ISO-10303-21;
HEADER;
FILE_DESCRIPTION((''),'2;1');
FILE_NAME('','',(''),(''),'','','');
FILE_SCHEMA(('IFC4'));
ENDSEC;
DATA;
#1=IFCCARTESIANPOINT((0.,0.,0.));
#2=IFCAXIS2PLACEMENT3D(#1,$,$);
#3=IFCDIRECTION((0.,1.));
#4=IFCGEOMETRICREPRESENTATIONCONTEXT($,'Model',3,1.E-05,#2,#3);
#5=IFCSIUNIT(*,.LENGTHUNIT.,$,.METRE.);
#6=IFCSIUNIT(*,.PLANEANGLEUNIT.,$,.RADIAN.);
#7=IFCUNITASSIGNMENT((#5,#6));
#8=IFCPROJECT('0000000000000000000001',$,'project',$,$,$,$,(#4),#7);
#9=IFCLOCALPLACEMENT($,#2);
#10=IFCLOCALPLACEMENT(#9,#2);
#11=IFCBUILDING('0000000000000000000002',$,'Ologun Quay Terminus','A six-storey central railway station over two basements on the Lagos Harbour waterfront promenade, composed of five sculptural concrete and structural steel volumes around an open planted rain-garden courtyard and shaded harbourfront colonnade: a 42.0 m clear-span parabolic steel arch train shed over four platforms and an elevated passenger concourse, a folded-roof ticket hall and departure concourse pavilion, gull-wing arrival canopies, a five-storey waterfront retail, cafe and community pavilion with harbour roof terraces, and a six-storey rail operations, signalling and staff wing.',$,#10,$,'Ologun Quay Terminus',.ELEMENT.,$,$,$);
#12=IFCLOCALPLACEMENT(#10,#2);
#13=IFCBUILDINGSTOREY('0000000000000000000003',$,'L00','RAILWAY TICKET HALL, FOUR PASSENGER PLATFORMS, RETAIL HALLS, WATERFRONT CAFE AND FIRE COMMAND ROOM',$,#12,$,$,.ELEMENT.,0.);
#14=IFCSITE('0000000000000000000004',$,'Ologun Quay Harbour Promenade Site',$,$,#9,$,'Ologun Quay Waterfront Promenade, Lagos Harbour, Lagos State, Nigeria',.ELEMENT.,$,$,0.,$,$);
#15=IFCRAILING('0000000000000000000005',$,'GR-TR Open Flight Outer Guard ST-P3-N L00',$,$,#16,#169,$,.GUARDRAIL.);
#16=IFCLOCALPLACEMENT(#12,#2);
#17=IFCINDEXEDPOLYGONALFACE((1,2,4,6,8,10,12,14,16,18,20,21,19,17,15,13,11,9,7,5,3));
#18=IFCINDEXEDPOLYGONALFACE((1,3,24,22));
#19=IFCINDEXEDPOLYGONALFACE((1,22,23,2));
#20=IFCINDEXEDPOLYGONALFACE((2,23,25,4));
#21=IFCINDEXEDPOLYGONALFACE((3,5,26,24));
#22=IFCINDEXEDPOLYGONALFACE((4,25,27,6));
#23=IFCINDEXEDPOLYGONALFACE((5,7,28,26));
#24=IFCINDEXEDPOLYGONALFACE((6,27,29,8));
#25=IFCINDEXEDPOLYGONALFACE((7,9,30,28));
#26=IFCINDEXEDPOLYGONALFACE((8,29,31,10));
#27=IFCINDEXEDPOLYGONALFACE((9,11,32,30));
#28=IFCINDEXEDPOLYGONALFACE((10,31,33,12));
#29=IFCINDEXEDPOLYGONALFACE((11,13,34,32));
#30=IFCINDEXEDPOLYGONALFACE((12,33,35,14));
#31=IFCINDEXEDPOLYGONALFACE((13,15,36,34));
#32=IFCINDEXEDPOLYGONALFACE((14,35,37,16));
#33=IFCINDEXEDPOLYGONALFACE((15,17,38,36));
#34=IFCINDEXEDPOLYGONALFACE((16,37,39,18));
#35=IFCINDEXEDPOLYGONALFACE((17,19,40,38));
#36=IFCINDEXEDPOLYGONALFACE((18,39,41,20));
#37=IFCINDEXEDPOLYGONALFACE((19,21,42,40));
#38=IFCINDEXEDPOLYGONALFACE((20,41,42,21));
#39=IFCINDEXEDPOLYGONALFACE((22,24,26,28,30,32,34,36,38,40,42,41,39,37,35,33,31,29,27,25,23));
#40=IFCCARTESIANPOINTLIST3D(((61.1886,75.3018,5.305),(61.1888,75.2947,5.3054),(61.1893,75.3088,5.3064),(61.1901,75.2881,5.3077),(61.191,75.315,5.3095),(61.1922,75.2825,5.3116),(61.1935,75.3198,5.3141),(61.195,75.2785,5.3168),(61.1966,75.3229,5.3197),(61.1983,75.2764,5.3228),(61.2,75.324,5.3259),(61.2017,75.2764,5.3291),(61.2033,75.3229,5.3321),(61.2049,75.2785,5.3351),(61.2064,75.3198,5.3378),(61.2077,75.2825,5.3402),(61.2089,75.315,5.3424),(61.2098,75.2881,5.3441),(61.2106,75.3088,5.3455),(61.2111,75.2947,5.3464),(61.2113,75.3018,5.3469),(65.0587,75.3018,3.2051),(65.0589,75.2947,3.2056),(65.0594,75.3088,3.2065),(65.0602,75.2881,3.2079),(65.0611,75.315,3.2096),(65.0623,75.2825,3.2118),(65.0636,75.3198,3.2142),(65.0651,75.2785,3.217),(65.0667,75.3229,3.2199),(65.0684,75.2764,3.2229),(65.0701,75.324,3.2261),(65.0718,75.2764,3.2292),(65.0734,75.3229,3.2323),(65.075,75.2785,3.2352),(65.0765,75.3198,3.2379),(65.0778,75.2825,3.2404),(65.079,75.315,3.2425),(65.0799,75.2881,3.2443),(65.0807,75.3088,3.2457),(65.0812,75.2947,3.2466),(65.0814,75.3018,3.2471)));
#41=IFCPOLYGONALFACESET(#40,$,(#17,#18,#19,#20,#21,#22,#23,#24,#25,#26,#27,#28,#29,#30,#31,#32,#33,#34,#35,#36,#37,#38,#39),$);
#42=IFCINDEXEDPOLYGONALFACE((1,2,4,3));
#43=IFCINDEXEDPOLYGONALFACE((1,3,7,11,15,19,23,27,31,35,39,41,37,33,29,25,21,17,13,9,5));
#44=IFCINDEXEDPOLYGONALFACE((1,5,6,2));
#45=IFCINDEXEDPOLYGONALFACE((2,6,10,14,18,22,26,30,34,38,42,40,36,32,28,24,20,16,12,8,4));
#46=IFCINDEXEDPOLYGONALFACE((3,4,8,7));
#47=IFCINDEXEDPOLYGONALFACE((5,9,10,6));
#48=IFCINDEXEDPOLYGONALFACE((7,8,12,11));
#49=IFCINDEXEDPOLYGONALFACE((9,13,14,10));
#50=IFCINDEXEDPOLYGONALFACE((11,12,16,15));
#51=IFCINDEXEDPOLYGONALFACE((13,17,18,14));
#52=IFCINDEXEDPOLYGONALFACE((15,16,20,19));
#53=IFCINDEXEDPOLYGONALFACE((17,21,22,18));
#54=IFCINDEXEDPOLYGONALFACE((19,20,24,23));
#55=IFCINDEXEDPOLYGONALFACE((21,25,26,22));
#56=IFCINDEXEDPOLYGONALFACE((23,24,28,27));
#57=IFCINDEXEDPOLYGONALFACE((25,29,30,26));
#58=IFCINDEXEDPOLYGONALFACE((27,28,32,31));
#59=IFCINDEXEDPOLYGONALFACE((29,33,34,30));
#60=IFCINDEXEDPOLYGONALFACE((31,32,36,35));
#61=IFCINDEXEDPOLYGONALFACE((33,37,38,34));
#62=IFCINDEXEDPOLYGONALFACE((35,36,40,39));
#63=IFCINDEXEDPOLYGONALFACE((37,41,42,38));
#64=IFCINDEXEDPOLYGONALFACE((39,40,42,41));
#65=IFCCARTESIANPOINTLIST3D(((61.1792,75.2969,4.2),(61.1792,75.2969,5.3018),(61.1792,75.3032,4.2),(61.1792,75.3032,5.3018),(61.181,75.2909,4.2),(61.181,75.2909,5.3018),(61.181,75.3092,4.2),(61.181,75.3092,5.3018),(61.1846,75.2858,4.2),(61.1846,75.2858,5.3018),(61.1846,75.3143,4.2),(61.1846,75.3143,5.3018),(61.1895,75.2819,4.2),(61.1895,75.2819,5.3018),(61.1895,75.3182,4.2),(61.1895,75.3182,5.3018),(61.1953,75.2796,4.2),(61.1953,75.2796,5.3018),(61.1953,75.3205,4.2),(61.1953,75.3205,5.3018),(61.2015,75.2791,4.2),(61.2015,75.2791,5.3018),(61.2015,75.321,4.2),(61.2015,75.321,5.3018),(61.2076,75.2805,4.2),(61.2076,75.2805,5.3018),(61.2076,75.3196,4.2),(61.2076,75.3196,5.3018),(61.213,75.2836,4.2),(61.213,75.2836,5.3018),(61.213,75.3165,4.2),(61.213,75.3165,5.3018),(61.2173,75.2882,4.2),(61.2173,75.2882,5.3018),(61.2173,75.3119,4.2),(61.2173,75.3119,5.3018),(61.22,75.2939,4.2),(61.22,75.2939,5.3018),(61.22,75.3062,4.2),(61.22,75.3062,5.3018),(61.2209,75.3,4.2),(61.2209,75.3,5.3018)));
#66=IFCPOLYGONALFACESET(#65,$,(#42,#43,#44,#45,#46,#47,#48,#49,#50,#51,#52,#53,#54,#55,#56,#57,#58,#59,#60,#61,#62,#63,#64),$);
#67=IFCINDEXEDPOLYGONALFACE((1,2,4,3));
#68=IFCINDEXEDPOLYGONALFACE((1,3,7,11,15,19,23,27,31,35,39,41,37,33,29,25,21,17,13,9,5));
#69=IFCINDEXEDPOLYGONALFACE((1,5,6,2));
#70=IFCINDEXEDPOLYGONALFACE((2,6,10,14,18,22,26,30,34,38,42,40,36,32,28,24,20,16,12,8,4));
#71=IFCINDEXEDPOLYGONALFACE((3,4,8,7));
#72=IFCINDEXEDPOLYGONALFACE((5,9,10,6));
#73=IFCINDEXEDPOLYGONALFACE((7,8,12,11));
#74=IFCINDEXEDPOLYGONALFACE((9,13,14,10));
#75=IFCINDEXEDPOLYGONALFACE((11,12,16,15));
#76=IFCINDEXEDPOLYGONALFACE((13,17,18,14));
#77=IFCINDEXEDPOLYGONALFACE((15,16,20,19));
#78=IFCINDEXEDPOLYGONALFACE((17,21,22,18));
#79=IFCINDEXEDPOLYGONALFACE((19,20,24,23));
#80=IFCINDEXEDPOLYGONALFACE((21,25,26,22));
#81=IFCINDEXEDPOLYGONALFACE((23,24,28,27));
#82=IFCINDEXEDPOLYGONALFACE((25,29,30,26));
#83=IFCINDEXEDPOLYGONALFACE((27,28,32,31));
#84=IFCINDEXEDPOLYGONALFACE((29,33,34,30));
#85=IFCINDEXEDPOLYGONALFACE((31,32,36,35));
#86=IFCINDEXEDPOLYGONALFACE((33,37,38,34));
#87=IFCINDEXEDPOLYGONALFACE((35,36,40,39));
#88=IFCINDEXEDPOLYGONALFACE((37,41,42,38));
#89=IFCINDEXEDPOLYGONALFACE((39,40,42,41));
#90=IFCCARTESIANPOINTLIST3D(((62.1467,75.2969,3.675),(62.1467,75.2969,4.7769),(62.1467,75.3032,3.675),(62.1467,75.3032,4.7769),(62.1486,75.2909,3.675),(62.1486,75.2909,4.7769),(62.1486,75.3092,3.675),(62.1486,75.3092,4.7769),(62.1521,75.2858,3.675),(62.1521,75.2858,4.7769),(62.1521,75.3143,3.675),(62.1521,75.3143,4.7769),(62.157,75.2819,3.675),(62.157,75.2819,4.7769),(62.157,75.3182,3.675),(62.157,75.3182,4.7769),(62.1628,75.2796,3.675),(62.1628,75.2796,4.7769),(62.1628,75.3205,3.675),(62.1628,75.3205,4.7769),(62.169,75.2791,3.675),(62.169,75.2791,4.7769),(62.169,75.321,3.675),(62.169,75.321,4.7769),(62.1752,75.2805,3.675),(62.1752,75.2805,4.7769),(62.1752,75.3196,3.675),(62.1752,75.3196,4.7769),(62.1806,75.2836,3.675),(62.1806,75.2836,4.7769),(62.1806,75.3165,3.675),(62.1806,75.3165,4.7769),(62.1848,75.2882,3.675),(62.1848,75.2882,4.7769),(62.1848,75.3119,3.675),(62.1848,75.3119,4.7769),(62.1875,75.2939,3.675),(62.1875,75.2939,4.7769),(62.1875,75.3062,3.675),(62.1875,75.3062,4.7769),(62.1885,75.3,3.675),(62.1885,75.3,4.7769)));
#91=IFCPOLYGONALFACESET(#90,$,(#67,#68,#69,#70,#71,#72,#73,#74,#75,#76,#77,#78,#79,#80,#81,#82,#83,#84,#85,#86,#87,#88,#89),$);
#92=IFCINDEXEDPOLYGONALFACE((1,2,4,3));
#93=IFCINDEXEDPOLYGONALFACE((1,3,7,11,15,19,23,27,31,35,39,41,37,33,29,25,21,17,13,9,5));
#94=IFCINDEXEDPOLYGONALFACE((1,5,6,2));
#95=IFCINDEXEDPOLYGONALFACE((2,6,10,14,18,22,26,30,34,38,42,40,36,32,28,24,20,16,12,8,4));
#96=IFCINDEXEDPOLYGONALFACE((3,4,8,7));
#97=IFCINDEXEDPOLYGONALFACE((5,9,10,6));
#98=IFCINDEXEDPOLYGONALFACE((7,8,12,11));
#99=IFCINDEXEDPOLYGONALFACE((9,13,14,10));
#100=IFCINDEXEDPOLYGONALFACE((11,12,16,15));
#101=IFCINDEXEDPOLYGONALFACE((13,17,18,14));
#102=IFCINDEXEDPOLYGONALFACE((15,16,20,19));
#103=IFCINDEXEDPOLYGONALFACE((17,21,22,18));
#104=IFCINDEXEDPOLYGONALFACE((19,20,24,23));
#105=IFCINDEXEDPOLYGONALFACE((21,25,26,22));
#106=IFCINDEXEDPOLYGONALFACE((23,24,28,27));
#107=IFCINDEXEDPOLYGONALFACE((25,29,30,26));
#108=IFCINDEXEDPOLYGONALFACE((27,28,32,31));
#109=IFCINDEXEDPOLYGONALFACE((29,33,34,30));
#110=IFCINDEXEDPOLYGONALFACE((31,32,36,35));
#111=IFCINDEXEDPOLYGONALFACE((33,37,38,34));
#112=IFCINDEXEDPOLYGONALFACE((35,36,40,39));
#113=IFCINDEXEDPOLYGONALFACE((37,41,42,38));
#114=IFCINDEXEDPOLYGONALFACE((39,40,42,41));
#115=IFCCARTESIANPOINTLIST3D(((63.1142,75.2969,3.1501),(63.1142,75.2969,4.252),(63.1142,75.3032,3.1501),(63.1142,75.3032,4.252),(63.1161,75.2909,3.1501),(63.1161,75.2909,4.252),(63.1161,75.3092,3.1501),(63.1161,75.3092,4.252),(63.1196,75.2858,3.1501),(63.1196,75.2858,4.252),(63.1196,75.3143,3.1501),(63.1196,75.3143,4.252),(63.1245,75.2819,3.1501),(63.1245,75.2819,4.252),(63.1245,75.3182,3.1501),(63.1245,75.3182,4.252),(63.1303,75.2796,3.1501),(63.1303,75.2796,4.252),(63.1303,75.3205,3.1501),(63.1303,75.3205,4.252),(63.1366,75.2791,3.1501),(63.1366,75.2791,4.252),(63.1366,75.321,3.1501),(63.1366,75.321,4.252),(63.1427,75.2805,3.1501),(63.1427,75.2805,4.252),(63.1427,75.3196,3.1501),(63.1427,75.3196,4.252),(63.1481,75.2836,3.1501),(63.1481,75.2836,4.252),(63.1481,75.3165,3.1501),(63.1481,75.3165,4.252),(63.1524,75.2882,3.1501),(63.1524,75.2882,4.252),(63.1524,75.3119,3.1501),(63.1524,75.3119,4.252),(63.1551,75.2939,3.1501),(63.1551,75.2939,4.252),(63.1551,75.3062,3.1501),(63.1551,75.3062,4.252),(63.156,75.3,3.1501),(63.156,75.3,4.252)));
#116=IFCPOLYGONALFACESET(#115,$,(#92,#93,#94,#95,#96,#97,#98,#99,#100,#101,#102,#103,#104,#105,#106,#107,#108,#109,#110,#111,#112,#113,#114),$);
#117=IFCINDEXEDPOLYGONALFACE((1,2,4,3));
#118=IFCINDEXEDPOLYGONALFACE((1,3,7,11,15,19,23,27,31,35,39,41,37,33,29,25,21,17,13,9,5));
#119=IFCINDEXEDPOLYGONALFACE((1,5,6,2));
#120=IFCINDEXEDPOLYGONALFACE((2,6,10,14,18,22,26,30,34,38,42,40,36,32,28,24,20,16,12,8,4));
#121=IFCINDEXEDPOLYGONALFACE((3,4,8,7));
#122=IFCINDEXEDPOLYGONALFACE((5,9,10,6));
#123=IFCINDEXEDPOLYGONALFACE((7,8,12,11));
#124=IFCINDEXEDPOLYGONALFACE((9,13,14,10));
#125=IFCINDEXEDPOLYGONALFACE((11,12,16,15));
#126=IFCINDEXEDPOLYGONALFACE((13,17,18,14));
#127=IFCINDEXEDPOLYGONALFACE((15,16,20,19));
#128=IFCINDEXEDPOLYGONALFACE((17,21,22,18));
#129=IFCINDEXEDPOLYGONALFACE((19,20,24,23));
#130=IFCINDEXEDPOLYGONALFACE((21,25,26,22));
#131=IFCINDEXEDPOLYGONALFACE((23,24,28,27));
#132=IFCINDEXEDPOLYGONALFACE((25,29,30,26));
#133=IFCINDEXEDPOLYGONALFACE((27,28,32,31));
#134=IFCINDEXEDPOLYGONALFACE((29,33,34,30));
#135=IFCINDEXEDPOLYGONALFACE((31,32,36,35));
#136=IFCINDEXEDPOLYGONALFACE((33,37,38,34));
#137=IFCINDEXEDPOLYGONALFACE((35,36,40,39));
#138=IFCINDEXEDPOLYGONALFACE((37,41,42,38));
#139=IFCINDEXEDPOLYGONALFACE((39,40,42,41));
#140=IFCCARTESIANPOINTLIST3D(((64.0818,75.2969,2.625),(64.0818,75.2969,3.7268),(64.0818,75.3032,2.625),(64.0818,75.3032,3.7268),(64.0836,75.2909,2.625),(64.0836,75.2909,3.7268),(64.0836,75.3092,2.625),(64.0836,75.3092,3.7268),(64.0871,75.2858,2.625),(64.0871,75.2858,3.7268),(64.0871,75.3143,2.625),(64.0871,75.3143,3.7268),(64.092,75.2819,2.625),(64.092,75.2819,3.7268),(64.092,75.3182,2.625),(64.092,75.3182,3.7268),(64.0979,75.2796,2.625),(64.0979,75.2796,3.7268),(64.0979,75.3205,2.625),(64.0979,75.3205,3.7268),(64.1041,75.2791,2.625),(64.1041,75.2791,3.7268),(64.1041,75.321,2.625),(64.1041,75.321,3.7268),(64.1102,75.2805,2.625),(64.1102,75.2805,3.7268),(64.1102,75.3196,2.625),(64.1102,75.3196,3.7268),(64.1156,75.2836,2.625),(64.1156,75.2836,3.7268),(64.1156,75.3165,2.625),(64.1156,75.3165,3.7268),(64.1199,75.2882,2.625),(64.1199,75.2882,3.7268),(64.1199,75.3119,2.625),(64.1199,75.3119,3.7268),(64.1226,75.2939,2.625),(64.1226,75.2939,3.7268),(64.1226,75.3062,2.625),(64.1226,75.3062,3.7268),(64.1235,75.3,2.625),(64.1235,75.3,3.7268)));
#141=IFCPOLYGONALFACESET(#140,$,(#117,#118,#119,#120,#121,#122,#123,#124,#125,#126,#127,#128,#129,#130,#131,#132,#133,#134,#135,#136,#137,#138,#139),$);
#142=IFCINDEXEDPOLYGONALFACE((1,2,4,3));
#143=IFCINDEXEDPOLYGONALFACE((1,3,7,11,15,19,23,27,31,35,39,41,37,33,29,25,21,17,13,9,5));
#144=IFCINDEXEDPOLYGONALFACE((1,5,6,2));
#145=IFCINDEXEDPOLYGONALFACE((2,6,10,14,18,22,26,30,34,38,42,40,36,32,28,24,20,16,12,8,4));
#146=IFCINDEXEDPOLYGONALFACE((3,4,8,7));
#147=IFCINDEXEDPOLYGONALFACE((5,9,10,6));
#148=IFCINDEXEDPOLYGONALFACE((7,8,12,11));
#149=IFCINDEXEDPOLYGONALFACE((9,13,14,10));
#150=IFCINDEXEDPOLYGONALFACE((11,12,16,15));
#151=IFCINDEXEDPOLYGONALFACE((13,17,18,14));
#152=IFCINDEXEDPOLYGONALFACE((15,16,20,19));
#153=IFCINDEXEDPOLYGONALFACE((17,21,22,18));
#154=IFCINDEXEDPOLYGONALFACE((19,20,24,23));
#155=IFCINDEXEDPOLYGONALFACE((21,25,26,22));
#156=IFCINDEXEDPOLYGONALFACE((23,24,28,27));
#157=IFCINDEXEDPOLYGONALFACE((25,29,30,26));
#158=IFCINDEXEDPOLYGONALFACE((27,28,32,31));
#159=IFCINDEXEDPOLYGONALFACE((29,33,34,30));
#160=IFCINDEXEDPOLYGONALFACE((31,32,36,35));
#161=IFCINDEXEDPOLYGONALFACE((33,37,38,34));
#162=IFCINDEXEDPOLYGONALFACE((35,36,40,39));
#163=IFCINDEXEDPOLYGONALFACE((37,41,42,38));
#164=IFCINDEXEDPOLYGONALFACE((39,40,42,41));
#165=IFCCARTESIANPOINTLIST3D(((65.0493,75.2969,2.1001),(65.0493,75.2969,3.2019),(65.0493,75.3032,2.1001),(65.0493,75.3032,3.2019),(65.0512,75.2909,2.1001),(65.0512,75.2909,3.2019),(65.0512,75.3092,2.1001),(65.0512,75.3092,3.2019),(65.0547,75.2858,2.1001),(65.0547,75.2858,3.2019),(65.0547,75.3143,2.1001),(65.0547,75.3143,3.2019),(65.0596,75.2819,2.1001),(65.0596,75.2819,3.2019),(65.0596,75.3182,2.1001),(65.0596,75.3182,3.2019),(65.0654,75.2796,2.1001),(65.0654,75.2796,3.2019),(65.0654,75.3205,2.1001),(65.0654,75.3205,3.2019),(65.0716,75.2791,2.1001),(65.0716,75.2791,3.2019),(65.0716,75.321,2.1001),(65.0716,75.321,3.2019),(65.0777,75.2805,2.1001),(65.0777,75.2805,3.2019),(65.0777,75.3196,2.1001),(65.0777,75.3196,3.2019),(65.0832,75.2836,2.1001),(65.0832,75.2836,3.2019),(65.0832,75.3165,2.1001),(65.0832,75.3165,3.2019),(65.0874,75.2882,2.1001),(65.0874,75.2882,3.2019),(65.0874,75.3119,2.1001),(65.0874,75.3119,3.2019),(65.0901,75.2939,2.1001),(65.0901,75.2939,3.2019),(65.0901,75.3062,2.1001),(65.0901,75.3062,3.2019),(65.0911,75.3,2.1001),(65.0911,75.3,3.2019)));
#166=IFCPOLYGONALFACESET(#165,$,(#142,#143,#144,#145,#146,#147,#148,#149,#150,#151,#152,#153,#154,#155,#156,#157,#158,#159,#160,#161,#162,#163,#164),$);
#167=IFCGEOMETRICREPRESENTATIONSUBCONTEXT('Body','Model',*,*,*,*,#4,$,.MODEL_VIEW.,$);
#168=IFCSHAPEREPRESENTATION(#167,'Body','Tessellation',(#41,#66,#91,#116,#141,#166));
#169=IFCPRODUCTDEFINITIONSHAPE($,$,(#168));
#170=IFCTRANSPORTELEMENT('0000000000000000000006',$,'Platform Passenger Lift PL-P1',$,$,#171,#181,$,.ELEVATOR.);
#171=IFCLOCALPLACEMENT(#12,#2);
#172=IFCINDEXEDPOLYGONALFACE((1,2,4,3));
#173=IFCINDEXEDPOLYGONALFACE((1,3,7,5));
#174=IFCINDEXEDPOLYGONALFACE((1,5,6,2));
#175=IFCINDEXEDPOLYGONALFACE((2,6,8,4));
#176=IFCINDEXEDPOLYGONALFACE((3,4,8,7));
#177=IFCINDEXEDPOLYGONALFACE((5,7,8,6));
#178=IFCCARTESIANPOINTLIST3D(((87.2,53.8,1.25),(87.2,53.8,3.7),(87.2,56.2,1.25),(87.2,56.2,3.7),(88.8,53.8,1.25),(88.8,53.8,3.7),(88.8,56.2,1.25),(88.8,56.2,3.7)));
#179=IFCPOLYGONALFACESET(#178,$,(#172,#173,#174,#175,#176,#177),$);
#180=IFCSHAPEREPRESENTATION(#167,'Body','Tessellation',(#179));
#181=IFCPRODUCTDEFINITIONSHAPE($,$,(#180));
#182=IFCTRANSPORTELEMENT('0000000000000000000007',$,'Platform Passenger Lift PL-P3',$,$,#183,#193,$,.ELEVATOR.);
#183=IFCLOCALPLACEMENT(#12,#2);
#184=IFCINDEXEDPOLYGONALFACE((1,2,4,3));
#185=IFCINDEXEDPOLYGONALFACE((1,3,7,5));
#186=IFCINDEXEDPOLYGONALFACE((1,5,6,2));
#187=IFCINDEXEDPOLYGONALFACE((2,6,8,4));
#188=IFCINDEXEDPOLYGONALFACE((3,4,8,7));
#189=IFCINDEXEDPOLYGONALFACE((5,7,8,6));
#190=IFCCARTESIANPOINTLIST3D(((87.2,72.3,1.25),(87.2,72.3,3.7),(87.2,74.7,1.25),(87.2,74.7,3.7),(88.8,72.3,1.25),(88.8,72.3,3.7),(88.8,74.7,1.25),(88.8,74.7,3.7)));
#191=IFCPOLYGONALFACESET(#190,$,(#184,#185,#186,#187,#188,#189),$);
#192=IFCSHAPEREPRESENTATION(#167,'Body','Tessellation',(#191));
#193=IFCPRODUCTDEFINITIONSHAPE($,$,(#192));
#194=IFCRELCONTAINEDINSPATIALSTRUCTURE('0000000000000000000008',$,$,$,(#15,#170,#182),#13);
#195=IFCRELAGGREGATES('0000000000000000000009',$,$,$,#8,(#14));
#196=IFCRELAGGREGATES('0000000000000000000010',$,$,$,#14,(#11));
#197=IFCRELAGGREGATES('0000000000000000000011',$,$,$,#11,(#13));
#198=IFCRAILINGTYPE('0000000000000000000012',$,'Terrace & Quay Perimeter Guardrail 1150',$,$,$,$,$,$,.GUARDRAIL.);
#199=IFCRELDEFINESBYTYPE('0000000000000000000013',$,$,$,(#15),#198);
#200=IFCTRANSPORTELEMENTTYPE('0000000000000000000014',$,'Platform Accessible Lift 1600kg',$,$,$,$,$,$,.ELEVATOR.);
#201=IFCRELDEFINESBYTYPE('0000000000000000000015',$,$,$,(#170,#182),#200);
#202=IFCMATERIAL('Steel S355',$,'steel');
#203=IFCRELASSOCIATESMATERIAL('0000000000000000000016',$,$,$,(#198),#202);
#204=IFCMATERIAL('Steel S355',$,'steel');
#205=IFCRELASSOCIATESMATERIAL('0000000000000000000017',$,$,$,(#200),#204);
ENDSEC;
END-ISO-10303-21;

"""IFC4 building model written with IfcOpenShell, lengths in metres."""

from ifc_helpers import new_model, si_unit, direction, frame, origin, origin_2d, place, context, subcontext, project, spatial, rectangle, circle, extrude, material, type_object, element, save


model = new_model("IFC4")

# Units and contexts
model_context = context("Model", 3, precision=1e-05, world=origin(), true_north=direction((0.0, 1.0)))
body_context = subcontext(model_context, "Body", "Model", "MODEL_VIEW")
ifc_project = project(units=[si_unit("LENGTHUNIT", "METRE"), si_unit("PLANEANGLEUNIT", "RADIAN")], contexts=[model_context])

# Site, building, storey
site_placement = place(None, origin())
site = spatial("IfcSite", under=ifc_project, at=site_placement, Name="Ologun Quay Harbour Promenade Site", LongName="Ologun Quay Waterfront Promenade, Lagos Harbour, Lagos State, Nigeria", CompositionType="ELEMENT", RefElevation=0.0)
building_placement = place(site_placement, origin())
building = spatial("IfcBuilding", under=site, at=building_placement, Name="Ologun Quay Terminus", Description="A six-storey central railway station over two basements on the Lagos Harbour waterfront promenade, composed of five sculptural concrete and structural steel volumes around an open planted rain-garden courtyard and shaded harbourfront colonnade: a 42.0 m clear-span parabolic steel arch train shed over four platforms and an elevated passenger concourse, a folded-roof ticket hall and departure concourse pavilion, gull-wing arrival canopies, a five-storey waterfront retail, cafe and community pavilion with harbour roof terraces, and a six-storey rail operations, signalling and staff wing.", LongName="Ologun Quay Terminus", CompositionType="ELEMENT")
storey_placement = place(building_placement, origin())
storey = spatial("IfcBuildingStorey", under=building, at=storey_placement, Name="L00", Description="RAILWAY TICKET HALL, FOUR PASSENGER PLATFORMS, RETAIL HALLS, WATERFRONT CAFE AND FIRE COMMAND ROOM", CompositionType="ELEMENT", Elevation=0.0)

# Railing
ifc_material_1 = material(Name="Steel S355", Category="steel")
railing_type_1 = type_object("IfcRailingType", Name="Terrace & Quay Perimeter Guardrail 1150", PredefinedType="GUARDRAIL", material=ifc_material_1)
railing_1_placement = place(storey_placement, frame((61.2, 75.3, 4.2)))
element("IfcRailing", 1, at=railing_1_placement, inside=storey, type_object=railing_type_1, Name="GR-TR Open Flight Outer Guard ST-P3-N L00", PredefinedType="GUARDRAIL", context=body_context, shape_type="SweptSolid", body=[
    extrude(circle(Radius=0.0239, at=origin_2d()), frame((0.0, 0.0, 1.126), z_axis=(0.878955, 0.0, -0.476905), x_axis=(0.0, 1.0, 0.0)), (0.0, 0.0, 1.0), 4.4031),
    extrude(circle(Radius=0.021, at=origin_2d()), origin(), (0.0, 0.0, 1.0), 1.1018),
    extrude(circle(Radius=0.021, at=origin_2d()), frame((0.9675, 0.0, -0.5249)), (0.0, 0.0, 1.0), 1.1018),
    extrude(circle(Radius=0.021, at=origin_2d()), frame((1.9351, 0.0, -1.0498)), (0.0, 0.0, 1.0), 1.1018),
    extrude(circle(Radius=0.021, at=origin_2d()), frame((2.9026, 0.0, -1.575)), (0.0, 0.0, 1.0), 1.1018),
    extrude(circle(Radius=0.021, at=origin_2d()), frame((3.8701, 0.0, -2.0999)), (0.0, 0.0, 1.0), 1.1018),
])

# Transport elements
ifc_material_2 = material(Name="Steel S355", Category="steel")
transport_element_type = type_object("IfcTransportElementType", Name="Platform Accessible Lift 1600kg", PredefinedType="ELEVATOR", material=ifc_material_2)
for number, where, z_axis, x_axis, name in (
    (2, (88.0, 55.0, 1.25), (0.0, 0.0, 1.0), (1.0, 0.0, 0.0), "Platform Passenger Lift PL-P1"),
    (3, (88.0, 73.5, 1.25), (0.0, 0.0, 1.0), (1.0, 0.0, 0.0), "Platform Passenger Lift PL-P3"),
):
    element("IfcTransportElement", number, at=place(storey_placement, frame(where, z_axis=z_axis, x_axis=x_axis)), inside=storey, type_object=transport_element_type, Name=name, PredefinedType="ELEVATOR", context=body_context, shape_type="SweptSolid", body=[
        extrude(rectangle(XDim=1.6001, YDim=2.3999, at=origin_2d()), origin(), (0.0, 0.0, 1.0), 2.45),
    ])

save(model, "model.ifc")
